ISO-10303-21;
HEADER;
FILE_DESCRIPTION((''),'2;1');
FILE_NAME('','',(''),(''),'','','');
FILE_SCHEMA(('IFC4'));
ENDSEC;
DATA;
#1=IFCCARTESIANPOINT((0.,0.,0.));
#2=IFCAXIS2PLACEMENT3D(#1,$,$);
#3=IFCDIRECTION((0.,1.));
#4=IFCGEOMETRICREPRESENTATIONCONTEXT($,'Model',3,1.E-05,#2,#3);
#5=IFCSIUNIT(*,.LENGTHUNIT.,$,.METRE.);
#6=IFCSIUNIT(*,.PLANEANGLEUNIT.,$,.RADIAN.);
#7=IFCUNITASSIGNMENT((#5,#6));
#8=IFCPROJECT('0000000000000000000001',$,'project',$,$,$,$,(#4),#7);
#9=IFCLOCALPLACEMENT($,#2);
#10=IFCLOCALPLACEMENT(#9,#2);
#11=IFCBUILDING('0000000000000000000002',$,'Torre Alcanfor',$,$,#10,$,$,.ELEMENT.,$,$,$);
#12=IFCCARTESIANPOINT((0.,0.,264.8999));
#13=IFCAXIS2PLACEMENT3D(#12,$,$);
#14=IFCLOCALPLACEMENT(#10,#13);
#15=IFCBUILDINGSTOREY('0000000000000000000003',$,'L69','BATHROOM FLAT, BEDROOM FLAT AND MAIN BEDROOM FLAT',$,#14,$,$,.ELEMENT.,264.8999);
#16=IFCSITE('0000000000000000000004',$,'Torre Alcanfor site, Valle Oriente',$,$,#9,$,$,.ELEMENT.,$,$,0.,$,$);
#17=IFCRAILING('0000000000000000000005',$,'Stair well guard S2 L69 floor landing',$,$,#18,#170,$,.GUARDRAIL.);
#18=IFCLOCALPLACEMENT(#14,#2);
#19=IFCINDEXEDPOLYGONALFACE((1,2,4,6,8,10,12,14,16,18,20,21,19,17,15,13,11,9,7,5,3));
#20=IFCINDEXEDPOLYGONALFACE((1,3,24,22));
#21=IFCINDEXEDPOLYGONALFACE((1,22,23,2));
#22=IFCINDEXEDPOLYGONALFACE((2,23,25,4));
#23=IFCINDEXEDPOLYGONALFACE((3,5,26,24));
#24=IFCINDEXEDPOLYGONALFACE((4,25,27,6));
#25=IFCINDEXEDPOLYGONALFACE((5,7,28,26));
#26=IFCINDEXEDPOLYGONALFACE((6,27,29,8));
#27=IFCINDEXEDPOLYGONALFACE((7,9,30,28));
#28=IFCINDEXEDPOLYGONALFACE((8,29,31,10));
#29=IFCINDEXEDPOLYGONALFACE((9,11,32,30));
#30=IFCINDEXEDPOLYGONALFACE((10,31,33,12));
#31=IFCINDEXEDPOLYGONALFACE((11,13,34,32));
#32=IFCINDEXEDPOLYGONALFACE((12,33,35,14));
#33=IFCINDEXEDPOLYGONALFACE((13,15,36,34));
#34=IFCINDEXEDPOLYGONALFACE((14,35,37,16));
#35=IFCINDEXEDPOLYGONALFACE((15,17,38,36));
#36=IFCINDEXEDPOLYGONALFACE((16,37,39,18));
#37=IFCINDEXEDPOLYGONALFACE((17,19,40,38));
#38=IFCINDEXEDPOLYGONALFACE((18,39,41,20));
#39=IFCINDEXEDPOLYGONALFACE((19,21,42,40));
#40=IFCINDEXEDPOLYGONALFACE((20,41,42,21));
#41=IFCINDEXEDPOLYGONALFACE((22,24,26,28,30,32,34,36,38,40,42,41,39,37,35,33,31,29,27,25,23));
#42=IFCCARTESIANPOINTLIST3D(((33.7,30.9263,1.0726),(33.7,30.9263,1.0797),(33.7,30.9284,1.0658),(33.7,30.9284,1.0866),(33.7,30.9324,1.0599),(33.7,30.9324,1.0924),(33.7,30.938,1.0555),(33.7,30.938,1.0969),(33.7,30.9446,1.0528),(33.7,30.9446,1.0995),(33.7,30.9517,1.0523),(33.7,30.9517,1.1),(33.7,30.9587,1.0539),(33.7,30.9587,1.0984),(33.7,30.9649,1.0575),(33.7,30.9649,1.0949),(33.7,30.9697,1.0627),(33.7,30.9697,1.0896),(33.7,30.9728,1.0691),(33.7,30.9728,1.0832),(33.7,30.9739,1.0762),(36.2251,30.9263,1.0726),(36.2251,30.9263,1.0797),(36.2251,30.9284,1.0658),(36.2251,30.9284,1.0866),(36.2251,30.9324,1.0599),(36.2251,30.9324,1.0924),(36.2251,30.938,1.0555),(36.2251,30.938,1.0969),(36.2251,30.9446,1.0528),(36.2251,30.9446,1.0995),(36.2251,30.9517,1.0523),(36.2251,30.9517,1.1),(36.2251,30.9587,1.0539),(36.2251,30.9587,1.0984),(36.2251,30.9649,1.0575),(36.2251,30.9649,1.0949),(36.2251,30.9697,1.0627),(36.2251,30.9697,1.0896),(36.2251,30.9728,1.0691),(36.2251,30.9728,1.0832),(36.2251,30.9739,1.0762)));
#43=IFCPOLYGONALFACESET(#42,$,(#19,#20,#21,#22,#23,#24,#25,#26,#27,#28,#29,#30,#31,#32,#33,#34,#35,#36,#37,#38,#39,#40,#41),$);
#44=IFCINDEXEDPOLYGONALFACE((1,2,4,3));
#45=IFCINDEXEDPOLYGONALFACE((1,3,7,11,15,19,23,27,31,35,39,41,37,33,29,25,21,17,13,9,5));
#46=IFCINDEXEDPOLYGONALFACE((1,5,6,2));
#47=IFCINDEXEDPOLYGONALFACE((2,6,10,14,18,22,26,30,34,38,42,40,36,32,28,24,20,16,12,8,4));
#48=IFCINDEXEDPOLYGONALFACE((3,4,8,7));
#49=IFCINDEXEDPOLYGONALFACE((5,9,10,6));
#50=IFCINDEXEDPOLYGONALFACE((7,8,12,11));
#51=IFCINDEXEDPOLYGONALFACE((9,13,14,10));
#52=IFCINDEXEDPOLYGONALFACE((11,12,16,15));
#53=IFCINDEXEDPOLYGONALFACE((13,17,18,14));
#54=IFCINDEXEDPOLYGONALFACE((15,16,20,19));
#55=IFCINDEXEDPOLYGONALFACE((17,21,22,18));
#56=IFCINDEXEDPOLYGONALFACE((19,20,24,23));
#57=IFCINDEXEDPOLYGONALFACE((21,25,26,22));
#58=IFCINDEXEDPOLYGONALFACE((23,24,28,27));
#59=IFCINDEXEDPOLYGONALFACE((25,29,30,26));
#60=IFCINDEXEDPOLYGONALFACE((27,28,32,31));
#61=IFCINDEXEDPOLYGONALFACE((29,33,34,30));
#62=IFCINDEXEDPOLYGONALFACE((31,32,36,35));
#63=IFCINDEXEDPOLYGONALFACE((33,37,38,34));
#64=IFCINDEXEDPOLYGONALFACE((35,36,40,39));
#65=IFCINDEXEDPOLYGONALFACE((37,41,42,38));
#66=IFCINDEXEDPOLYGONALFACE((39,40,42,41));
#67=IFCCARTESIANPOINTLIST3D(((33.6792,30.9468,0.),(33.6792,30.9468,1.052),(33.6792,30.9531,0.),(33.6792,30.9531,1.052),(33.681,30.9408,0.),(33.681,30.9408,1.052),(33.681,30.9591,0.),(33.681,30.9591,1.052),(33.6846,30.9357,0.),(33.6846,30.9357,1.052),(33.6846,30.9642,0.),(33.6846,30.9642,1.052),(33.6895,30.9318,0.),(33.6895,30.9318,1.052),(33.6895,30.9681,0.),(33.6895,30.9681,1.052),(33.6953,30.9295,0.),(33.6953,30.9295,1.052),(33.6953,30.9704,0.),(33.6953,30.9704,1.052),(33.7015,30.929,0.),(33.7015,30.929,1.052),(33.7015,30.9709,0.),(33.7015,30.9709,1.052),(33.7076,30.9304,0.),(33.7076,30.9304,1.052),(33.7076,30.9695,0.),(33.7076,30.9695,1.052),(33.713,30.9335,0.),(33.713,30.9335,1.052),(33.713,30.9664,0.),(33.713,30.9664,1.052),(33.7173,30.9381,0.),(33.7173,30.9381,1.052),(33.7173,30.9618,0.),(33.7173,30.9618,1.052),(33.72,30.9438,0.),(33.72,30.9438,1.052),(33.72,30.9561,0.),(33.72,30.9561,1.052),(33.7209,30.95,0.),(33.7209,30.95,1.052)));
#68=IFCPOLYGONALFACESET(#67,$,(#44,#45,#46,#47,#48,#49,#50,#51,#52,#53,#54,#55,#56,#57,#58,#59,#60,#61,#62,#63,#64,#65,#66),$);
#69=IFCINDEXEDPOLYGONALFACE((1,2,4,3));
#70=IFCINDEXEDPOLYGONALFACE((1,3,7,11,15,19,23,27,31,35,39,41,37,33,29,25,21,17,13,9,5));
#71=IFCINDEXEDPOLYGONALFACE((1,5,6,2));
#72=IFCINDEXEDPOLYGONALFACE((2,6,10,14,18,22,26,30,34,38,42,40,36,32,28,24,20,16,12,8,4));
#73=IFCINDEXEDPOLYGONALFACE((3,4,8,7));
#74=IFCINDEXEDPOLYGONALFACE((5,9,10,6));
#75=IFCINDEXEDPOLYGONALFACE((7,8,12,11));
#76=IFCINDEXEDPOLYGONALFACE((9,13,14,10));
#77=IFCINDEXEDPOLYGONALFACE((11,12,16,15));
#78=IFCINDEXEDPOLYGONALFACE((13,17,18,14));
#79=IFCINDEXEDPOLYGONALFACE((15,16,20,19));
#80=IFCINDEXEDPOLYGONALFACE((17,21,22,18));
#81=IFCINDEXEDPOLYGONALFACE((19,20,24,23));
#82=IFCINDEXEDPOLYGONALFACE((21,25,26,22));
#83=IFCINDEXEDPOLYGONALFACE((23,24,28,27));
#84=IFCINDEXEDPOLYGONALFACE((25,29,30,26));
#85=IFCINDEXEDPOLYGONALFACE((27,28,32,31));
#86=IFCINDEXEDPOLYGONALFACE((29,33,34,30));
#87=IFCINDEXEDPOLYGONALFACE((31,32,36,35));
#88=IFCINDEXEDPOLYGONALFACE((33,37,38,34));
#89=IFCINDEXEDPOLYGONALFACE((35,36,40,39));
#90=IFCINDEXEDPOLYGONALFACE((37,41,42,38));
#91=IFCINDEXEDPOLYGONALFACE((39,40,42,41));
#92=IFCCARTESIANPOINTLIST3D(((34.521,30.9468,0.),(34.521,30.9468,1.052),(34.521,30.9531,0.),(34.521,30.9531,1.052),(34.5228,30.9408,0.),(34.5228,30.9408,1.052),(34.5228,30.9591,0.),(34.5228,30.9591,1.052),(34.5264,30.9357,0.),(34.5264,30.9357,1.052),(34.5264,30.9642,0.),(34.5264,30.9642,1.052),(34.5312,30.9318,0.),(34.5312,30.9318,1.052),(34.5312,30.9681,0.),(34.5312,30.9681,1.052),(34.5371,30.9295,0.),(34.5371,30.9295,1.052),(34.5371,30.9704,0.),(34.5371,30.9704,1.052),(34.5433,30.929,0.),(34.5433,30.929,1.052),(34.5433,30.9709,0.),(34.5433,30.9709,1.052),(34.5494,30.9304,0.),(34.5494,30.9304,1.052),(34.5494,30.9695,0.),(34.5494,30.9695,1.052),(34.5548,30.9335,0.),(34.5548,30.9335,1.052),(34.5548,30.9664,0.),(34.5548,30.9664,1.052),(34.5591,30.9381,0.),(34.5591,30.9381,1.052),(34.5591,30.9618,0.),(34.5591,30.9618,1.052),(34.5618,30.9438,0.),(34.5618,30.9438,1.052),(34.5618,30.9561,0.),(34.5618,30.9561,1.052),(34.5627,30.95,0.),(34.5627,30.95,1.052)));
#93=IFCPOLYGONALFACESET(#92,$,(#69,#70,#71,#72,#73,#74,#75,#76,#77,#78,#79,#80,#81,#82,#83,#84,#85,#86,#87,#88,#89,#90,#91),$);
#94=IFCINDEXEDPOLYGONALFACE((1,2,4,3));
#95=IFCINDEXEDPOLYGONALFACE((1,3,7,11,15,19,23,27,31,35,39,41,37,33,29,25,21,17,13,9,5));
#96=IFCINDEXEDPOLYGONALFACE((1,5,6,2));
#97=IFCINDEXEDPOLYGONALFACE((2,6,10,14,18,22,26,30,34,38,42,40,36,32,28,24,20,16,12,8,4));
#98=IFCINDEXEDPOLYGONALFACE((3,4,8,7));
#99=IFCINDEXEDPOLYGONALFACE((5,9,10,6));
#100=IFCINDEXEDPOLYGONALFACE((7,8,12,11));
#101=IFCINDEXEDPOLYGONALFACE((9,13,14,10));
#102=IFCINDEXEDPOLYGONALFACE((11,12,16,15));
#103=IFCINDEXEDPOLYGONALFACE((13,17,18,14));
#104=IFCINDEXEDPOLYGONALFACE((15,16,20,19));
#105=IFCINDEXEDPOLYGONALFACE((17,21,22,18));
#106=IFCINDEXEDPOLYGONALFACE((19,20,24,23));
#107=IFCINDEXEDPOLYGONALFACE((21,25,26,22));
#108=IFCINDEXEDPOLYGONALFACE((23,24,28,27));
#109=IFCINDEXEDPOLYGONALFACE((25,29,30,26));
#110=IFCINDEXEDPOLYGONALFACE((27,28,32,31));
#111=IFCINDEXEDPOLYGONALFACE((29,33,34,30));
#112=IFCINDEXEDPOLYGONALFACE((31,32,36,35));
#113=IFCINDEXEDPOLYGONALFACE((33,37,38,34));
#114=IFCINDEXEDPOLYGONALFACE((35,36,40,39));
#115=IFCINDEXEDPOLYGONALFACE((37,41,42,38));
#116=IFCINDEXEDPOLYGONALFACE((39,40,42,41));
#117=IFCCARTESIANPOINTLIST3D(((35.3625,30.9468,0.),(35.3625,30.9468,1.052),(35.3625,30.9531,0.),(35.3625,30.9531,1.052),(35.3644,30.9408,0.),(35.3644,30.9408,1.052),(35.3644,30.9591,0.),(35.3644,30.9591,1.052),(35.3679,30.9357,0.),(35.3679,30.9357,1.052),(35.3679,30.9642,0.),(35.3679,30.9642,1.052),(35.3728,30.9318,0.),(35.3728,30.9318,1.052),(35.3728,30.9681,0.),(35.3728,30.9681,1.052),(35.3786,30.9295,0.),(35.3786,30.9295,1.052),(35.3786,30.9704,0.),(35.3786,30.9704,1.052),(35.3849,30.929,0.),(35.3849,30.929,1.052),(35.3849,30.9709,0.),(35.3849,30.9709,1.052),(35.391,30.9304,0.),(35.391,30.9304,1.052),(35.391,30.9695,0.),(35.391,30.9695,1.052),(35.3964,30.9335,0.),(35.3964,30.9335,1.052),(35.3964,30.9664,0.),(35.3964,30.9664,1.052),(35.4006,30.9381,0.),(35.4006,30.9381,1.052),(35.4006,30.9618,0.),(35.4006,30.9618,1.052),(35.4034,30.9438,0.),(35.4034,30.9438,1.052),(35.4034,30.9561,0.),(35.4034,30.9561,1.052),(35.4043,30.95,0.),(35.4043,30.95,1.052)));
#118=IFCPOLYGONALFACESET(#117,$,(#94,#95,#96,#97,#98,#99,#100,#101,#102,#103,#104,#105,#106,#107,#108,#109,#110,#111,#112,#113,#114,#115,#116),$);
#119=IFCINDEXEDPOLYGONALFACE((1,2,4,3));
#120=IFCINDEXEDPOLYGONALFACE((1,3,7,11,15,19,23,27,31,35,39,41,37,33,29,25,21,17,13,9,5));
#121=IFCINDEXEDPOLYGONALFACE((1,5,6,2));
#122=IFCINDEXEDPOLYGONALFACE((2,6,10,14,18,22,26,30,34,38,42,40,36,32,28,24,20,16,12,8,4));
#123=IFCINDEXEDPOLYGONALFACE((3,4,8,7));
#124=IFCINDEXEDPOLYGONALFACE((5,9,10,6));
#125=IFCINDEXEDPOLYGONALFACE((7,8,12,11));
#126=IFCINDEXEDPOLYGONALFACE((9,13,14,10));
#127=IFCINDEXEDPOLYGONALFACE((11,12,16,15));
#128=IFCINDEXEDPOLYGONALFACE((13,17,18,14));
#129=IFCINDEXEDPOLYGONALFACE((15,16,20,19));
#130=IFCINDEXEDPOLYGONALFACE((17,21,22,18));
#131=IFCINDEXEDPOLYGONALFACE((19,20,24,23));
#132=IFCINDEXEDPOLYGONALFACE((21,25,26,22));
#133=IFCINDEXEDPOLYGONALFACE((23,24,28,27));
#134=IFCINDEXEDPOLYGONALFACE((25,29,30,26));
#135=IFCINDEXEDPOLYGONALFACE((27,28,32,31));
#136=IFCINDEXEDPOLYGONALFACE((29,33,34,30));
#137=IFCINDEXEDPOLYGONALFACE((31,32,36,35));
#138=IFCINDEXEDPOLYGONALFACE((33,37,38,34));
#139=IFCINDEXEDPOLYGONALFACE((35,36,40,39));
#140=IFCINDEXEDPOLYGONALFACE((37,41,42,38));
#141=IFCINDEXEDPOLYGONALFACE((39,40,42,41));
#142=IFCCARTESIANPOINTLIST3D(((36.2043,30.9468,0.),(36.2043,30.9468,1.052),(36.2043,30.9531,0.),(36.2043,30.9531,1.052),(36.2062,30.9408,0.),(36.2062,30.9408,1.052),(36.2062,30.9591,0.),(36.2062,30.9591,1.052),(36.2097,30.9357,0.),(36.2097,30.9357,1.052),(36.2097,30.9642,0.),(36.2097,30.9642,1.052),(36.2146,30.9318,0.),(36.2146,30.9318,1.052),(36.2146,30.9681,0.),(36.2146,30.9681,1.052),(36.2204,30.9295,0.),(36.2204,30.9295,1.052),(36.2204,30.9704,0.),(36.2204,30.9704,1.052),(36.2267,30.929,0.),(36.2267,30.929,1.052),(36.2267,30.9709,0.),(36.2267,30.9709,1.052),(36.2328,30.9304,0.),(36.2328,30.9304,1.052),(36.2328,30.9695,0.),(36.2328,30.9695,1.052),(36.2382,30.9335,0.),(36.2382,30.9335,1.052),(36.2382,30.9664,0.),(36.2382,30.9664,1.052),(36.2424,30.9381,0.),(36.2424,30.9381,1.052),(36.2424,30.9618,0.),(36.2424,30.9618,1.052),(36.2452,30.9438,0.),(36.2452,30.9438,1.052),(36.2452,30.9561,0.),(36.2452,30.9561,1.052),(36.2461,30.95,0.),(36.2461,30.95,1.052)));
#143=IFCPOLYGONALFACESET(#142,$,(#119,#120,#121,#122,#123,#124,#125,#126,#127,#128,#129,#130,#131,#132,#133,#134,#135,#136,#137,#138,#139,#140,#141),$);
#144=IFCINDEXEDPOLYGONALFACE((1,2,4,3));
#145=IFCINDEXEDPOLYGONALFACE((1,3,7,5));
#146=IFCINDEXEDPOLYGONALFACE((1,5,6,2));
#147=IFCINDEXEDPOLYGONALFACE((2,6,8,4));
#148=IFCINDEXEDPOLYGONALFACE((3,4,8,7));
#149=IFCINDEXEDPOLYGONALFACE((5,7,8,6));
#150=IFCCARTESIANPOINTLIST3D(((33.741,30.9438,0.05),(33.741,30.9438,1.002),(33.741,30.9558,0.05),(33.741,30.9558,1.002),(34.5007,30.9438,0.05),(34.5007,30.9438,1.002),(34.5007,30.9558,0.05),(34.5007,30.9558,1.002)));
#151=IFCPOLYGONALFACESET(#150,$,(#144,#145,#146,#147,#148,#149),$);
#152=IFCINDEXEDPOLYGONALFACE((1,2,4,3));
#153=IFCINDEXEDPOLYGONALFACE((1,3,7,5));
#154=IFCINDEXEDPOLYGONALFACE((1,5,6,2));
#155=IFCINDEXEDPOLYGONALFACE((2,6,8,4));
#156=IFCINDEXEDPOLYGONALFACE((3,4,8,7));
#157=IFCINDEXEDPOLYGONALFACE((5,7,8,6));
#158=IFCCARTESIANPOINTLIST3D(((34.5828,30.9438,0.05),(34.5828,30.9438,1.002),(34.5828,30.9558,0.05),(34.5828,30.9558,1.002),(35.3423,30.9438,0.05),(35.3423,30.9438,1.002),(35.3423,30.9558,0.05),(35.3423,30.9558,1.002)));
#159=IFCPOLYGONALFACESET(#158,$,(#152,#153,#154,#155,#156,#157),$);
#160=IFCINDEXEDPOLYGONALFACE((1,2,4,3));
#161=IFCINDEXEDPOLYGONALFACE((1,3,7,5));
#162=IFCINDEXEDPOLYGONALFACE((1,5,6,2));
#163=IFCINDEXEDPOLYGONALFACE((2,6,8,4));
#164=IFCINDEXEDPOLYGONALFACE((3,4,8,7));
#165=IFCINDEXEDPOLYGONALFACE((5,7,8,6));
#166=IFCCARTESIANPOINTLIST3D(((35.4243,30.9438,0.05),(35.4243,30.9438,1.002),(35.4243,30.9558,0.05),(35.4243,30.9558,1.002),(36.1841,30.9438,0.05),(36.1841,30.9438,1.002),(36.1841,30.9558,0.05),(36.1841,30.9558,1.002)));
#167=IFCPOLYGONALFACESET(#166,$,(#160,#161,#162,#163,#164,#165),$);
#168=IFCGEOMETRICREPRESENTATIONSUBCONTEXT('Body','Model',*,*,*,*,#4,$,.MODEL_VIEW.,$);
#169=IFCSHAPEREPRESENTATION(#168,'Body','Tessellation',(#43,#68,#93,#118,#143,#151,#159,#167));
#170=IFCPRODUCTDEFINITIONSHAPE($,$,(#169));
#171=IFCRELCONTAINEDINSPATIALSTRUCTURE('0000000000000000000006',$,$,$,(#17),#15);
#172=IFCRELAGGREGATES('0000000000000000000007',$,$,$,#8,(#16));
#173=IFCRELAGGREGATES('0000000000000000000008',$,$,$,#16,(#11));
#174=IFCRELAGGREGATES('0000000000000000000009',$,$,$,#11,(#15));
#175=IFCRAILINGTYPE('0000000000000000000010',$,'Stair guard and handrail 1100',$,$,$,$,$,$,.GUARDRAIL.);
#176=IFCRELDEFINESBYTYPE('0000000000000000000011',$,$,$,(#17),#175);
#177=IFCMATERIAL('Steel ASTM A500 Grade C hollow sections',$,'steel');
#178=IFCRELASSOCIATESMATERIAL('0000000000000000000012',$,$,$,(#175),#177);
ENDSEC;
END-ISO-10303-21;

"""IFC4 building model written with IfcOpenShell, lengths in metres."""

from ifc_helpers import new_model, si_unit, direction, frame, origin, origin_2d, place, context, subcontext, project, spatial, polyline, circle, outline, extrude, material, type_object, element, save


model = new_model("IFC4")

# Units and contexts
model_context = context("Model", 3, precision=1e-05, world=origin(), true_north=direction((0.0, 1.0)))
body_context = subcontext(model_context, "Body", "Model", "MODEL_VIEW")
ifc_project = project(units=[si_unit("LENGTHUNIT", "METRE"), si_unit("PLANEANGLEUNIT", "RADIAN")], contexts=[model_context])

# Site, building, storey
site_placement = place(None, origin())
site = spatial("IfcSite", under=ifc_project, at=site_placement, Name="Torre Alcanfor site, Valle Oriente", CompositionType="ELEMENT", RefElevation=0.0)
building_placement = place(site_placement, origin())
building = spatial("IfcBuilding", under=site, at=building_placement, Name="Torre Alcanfor", CompositionType="ELEMENT")
storey_placement = place(building_placement, frame((0.0, 0.0, 264.8999)))
storey = spatial("IfcBuildingStorey", under=building, at=storey_placement, Name="L69", Description="BATHROOM FLAT, BEDROOM FLAT AND MAIN BEDROOM FLAT", CompositionType="ELEMENT", Elevation=264.8999)

# Railing
ifc_material_1 = material(Name="Steel ASTM A500 Grade C hollow sections", Category="steel")
railing_type_1 = type_object("IfcRailingType", Name="Stair guard and handrail 1100", PredefinedType="GUARDRAIL", material=ifc_material_1)
for number, where, name in (
    (1, (33.7, 30.95, 0.0), "Stair well guard S2 L69 floor landing"),
):
    element("IfcRailing", number, at=place(storey_placement, frame(where)), inside=storey, type_object=railing_type_1, Name=name, PredefinedType="GUARDRAIL", context=body_context, shape_type="SweptSolid", body=[
        extrude(circle(Radius=0.0239, at=origin_2d()), frame((0.0, 0.0, 1.0762), z_axis=(1.0, 0.0, 0.0), x_axis=(0.0, 1.0, 0.0)), (0.0, 0.0, 1.0), 2.5251),
        extrude(circle(Radius=0.021, at=origin_2d()), origin(), (0.0, 0.0, 1.0), 1.052),
        extrude(circle(Radius=0.021, at=origin_2d()), frame((0.8418, 0.0, 0.0)), (0.0, 0.0, 1.0), 1.052),
        extrude(circle(Radius=0.021, at=origin_2d()), frame((1.6833, 0.0, 0.0)), (0.0, 0.0, 1.0), 1.052),
        extrude(circle(Radius=0.021, at=origin_2d()), frame((2.5251, 0.0, 0.0)), (0.0, 0.0, 1.0), 1.052),
        extrude(outline(polyline([(0.041, 0.05), (0.8008, 0.05), (0.8008, 1.002), (0.041, 1.002), (0.041, 0.05)])), frame((0.0, 0.0059, 0.0), z_axis=(0.0, -1.0, 0.0), x_axis=(1.0, 0.0, 0.0)), (0.0, 0.0, 1.0), 0.012),
        extrude(outline(polyline([(0.8828, 0.05), (1.6423, 0.05), (1.6423, 1.002), (0.8828, 1.002), (0.8828, 0.05)])), frame((0.0, 0.0059, 0.0), z_axis=(0.0, -1.0, 0.0), x_axis=(1.0, 0.0, 0.0)), (0.0, 0.0, 1.0), 0.012),
        extrude(outline(polyline([(1.7244, 0.05), (2.4841, 0.05), (2.4841, 1.002), (1.7244, 1.002), (1.7244, 0.05)])), frame((0.0, 0.0059, 0.0), z_axis=(0.0, -1.0, 0.0), x_axis=(1.0, 0.0, 0.0)), (0.0, 0.0, 1.0), 0.012),
    ])

save(model, "model.ifc")
